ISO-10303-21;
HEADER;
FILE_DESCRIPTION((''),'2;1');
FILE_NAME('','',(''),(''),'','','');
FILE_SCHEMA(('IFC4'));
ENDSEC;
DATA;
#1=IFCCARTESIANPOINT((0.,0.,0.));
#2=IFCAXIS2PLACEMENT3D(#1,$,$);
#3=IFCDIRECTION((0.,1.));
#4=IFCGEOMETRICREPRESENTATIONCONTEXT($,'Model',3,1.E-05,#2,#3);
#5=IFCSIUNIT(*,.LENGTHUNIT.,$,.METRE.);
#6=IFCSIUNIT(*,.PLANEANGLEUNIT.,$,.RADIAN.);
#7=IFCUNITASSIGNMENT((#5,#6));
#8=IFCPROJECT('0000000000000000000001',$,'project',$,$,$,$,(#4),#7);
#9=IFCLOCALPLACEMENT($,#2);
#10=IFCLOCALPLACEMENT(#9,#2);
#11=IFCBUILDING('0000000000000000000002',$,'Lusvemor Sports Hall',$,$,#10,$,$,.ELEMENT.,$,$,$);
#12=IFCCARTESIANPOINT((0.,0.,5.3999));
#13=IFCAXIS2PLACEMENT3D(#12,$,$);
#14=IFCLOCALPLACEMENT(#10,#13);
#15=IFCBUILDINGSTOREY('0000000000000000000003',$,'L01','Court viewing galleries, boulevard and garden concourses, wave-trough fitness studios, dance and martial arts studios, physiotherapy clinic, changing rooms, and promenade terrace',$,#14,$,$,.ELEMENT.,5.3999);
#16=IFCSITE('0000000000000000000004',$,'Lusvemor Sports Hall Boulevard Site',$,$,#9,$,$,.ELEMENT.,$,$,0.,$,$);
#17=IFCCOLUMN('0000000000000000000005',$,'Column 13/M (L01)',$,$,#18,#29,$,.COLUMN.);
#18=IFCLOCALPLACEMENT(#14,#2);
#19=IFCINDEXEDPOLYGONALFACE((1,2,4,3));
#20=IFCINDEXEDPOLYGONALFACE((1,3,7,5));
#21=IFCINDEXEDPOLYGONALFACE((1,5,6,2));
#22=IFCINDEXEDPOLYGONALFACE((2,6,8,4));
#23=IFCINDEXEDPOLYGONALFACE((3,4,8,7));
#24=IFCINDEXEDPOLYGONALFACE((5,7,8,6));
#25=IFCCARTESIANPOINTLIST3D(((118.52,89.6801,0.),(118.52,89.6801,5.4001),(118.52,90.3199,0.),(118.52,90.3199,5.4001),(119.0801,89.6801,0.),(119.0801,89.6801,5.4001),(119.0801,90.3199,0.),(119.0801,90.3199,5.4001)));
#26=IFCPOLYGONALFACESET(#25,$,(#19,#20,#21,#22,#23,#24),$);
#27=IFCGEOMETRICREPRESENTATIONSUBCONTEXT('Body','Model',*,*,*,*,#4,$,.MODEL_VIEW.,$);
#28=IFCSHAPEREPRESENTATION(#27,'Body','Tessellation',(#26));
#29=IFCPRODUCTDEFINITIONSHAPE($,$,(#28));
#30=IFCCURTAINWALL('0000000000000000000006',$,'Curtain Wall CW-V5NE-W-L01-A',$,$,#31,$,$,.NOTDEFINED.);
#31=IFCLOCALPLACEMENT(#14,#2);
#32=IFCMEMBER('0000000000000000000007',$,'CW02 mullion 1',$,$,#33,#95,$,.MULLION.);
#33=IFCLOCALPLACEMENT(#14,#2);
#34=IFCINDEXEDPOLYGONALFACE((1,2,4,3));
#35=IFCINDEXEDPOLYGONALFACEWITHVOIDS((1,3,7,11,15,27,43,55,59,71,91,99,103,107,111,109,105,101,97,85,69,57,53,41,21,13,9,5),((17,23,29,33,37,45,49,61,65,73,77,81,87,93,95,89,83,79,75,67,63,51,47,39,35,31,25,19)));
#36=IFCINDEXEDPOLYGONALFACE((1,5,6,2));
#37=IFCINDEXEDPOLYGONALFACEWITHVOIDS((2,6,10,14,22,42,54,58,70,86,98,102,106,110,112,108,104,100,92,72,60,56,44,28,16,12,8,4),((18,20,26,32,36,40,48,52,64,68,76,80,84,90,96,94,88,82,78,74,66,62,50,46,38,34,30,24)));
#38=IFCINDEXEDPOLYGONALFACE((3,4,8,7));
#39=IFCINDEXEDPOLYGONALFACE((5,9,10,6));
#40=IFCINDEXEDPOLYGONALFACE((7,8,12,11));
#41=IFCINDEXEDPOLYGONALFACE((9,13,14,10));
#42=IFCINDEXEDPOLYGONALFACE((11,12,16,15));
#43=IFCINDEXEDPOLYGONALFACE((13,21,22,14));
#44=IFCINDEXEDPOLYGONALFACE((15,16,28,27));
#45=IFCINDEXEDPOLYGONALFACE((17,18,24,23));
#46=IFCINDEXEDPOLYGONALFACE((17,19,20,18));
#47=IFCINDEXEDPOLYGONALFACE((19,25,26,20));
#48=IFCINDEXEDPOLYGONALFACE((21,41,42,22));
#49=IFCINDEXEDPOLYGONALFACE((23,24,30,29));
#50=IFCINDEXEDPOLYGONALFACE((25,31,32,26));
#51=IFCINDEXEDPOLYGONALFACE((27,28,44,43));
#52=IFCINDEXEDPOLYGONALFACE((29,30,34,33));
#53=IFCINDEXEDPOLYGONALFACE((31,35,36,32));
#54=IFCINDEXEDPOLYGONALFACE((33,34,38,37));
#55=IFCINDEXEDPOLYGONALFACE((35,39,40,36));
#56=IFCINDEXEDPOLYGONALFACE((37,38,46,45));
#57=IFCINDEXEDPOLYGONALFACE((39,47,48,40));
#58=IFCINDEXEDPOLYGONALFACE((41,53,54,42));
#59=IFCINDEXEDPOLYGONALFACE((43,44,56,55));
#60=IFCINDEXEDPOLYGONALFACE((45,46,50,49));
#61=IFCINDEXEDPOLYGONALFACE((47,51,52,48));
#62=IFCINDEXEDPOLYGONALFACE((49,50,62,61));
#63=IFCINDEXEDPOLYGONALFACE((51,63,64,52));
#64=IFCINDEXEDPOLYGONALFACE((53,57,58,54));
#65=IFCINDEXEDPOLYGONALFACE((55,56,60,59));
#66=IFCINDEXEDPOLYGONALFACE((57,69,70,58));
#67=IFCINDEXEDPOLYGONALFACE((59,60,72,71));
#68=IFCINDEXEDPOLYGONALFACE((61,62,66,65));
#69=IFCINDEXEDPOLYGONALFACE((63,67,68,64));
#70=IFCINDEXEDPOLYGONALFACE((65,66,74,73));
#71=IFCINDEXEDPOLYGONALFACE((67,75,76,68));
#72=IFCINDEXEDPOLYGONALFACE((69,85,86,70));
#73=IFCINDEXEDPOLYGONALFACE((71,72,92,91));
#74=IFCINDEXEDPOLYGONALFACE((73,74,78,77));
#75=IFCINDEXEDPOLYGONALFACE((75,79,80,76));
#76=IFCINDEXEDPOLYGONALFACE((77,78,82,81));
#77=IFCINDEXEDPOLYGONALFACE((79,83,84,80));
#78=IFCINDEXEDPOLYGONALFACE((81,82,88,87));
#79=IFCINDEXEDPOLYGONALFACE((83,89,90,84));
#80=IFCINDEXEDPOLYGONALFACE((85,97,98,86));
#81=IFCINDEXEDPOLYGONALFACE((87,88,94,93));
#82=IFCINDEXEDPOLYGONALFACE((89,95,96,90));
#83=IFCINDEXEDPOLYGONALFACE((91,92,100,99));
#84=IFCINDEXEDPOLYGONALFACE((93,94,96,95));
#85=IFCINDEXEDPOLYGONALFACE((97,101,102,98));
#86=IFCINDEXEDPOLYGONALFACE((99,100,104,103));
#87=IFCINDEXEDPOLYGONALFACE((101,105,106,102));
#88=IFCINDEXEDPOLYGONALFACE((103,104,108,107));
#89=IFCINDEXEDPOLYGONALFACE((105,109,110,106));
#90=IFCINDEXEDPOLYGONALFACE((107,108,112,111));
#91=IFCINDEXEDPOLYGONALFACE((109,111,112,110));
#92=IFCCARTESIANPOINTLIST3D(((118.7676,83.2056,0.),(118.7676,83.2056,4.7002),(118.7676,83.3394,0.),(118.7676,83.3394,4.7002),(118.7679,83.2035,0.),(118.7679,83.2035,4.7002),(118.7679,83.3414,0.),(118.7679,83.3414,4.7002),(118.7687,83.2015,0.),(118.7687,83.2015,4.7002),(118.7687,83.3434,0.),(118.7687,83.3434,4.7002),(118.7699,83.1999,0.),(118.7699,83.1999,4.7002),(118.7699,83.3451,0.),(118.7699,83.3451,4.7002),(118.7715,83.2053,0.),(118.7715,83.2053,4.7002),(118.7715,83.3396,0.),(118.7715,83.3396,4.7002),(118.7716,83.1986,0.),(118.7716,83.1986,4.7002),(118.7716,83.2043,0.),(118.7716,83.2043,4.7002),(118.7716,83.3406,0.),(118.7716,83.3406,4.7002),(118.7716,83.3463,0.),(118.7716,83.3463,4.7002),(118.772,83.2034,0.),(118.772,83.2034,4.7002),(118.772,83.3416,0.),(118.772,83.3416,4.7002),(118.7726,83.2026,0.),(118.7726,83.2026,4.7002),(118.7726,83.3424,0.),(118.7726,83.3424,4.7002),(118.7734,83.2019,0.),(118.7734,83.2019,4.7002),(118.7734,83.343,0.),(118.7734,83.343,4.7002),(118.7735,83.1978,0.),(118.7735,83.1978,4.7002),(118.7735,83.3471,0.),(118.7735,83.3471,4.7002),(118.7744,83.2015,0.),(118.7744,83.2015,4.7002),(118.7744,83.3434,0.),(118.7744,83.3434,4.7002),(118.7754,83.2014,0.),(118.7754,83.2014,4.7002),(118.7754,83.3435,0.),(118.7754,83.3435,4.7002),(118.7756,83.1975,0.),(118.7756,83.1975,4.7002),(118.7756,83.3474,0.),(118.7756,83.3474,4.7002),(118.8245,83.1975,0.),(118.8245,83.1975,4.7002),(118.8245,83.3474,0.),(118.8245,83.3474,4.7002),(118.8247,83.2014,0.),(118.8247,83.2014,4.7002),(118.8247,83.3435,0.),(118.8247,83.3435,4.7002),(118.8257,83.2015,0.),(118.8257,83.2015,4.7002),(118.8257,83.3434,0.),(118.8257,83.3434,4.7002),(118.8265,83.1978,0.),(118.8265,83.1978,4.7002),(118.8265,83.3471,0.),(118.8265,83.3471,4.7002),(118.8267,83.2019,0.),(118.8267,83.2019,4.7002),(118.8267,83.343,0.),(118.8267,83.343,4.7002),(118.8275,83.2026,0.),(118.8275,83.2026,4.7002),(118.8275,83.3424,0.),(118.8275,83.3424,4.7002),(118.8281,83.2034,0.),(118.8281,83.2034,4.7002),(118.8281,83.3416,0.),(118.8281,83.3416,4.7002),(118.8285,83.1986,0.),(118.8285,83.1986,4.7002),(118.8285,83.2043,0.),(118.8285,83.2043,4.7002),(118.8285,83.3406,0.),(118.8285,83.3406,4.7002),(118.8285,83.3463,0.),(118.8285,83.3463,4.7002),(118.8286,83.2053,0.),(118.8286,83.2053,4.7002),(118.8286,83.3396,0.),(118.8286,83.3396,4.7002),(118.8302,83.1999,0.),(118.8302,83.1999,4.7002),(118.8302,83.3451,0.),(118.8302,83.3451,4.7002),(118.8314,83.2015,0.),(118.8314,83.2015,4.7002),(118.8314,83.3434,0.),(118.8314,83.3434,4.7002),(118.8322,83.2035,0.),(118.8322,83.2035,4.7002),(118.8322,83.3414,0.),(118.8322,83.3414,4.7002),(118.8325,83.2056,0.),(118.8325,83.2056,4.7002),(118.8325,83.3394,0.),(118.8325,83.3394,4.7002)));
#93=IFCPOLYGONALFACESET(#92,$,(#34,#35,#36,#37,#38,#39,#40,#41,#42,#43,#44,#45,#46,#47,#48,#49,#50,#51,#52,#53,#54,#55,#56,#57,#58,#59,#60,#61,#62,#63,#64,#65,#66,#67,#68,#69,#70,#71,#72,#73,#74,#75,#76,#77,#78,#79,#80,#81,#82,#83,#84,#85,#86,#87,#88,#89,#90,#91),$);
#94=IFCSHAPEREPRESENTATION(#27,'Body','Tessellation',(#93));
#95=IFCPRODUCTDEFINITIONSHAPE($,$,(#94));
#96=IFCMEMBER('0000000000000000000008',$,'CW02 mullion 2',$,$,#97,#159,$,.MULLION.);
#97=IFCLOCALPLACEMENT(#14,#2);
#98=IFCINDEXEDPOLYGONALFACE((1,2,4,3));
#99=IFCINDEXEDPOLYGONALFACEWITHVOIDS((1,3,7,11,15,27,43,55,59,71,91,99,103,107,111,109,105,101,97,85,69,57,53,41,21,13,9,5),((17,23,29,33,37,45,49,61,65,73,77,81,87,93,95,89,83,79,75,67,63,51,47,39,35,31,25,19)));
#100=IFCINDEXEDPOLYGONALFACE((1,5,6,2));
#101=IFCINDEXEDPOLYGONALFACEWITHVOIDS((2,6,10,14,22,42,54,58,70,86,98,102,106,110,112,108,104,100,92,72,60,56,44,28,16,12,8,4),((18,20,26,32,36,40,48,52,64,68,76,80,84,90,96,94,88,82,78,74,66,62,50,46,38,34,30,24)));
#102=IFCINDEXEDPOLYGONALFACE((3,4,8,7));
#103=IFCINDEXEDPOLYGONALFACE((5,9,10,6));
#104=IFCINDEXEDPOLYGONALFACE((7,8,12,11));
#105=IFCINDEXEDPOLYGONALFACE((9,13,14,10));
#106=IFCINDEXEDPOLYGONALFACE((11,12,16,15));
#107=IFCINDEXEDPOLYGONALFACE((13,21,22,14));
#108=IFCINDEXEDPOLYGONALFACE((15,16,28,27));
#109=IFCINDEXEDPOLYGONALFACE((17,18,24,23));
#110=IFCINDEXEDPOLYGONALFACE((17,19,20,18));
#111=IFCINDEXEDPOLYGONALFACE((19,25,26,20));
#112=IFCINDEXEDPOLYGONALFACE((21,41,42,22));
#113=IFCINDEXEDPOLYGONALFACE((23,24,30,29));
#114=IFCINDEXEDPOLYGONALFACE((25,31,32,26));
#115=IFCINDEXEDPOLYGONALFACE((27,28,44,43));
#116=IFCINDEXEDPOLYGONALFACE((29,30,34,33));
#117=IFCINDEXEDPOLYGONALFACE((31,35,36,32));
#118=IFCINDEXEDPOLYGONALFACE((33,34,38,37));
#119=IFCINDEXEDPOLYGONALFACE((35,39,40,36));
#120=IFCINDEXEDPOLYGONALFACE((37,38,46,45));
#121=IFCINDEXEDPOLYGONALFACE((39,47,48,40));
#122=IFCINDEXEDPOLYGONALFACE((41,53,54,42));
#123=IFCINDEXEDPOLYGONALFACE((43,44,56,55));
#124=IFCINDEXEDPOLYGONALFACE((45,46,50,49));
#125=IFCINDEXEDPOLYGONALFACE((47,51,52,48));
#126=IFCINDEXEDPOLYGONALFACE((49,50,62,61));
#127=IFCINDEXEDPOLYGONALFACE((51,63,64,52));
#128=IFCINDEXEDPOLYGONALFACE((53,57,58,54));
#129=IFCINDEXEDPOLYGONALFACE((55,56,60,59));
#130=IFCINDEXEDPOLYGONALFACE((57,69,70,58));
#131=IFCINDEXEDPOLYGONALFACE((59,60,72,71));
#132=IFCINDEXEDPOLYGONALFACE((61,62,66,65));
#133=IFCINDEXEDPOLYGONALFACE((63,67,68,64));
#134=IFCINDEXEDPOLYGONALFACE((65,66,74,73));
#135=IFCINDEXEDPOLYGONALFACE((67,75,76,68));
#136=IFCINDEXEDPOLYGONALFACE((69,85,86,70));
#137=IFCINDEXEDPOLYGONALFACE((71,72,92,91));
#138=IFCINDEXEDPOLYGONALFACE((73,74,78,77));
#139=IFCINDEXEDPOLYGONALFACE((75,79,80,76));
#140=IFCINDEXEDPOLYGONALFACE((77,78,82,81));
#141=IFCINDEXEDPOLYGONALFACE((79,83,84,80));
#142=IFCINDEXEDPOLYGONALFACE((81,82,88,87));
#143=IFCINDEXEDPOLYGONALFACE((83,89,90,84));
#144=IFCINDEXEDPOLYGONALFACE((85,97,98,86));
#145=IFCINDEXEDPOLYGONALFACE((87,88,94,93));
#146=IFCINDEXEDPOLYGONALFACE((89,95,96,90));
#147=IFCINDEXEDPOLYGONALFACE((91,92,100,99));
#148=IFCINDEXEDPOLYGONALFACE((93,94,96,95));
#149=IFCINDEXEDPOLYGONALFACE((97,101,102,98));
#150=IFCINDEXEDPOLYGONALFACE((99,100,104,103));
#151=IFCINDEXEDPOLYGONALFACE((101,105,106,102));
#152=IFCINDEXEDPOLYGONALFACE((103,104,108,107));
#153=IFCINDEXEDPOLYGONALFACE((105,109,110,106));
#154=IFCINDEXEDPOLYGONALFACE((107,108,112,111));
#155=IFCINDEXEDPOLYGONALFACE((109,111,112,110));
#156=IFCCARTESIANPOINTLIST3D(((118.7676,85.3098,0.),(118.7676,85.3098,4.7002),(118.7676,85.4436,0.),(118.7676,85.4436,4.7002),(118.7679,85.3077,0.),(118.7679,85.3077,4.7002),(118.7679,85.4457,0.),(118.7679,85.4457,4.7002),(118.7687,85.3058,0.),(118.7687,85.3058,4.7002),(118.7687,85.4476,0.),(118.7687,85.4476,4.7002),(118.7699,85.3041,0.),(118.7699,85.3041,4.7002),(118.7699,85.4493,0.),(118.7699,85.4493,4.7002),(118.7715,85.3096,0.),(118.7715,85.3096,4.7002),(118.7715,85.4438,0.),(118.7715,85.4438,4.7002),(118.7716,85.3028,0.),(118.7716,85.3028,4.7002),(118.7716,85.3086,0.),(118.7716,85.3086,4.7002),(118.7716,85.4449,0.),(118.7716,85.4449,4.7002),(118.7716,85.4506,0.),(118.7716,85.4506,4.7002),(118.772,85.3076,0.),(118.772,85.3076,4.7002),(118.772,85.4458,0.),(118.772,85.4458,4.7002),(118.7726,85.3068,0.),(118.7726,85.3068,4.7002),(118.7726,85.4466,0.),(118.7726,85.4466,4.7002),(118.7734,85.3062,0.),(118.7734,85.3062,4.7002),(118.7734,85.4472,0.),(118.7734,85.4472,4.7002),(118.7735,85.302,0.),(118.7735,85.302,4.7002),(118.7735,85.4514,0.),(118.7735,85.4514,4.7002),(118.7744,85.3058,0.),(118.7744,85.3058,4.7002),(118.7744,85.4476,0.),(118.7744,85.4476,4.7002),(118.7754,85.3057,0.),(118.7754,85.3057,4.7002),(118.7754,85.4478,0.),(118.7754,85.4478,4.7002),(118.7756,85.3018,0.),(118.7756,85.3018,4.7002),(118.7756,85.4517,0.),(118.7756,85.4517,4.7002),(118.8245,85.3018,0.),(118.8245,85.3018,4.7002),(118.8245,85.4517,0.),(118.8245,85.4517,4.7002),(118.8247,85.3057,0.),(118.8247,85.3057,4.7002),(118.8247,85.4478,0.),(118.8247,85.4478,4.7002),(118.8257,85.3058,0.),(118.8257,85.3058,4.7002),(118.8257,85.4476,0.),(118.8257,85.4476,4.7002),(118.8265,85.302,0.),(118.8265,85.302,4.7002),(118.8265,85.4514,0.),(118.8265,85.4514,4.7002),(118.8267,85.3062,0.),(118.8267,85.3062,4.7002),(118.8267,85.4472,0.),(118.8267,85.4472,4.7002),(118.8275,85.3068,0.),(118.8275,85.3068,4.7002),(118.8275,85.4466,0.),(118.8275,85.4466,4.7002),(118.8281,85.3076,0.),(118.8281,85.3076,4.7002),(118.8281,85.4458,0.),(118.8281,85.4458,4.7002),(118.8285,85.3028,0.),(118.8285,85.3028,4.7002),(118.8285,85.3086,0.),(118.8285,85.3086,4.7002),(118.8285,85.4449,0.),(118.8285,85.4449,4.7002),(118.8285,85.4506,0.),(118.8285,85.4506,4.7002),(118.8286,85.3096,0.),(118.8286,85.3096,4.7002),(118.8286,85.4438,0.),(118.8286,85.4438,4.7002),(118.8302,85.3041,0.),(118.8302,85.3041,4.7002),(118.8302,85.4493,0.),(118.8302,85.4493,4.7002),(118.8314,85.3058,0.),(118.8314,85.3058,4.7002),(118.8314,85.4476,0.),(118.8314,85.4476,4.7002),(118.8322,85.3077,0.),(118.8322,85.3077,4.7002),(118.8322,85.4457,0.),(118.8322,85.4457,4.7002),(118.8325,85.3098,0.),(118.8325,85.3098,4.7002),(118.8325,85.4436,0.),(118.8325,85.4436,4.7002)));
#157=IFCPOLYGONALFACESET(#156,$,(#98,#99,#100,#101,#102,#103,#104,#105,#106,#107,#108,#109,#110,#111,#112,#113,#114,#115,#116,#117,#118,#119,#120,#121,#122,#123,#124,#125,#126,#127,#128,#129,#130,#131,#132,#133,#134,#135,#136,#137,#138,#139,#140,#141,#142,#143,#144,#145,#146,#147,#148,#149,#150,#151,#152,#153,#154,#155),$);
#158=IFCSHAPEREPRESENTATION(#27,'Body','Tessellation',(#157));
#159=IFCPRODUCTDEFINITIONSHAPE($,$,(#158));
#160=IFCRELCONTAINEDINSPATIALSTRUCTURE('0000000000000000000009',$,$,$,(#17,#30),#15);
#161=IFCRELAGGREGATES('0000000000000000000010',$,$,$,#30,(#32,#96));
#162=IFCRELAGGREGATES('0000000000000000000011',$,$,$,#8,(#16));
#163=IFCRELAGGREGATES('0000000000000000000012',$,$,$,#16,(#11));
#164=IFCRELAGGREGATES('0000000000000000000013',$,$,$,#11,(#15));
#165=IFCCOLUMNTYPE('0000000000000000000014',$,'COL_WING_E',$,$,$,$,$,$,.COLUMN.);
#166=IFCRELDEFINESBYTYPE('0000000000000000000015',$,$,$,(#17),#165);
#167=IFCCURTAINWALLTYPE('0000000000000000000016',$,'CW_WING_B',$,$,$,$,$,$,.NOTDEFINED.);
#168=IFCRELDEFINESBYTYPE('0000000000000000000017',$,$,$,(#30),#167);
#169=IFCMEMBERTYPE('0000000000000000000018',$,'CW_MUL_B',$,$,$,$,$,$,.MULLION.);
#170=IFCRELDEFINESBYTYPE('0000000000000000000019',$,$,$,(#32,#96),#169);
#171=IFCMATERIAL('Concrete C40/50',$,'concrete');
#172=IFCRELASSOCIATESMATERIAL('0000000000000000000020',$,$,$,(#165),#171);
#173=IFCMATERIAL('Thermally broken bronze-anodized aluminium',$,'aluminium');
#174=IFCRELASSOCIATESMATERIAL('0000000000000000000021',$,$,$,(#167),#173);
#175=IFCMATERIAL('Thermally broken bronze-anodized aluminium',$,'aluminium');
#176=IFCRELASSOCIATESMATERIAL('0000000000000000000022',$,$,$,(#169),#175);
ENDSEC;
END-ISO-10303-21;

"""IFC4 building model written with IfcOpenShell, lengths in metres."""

from ifc_helpers import new_model, si_unit, direction, frame, origin, origin_2d, place, context, subcontext, project, spatial, rectangle, hollow_rectangle, extrude, material, material_profile, profile_set, type_object, element, aggregate, save


model = new_model("IFC4")

# Units and contexts
model_context = context("Model", 3, precision=1e-05, world=origin(), true_north=direction((0.0, 1.0)))
body_context = subcontext(model_context, "Body", "Model", "MODEL_VIEW")
ifc_project = project(units=[si_unit("LENGTHUNIT", "METRE"), si_unit("PLANEANGLEUNIT", "RADIAN")], contexts=[model_context])

# Site, building, storey
site_placement = place(None, origin())
site = spatial("IfcSite", under=ifc_project, at=site_placement, Name="Lusvemor Sports Hall Boulevard Site", CompositionType="ELEMENT", RefElevation=0.0)
building_placement = place(site_placement, origin())
building = spatial("IfcBuilding", under=site, at=building_placement, Name="Lusvemor Sports Hall", CompositionType="ELEMENT")
storey_placement = place(building_placement, frame((0.0, 0.0, 5.3999)))
storey = spatial("IfcBuildingStorey", under=building, at=storey_placement, Name="L01", Description="Court viewing galleries, boulevard and garden concourses, wave-trough fitness studios, dance and martial arts studios, physiotherapy clinic, changing rooms, and promenade terrace", CompositionType="ELEMENT", Elevation=5.3999)

# Column
ifc_material_1 = material(Name="Concrete C40/50", Category="concrete")
ifc_material_profile_1 = material_profile(ifc_material_1, rectangle(XDim=0.5601, YDim=0.6399, at=origin_2d()), Name="RC560x640")
ifc_profile_set_1 = profile_set([ifc_material_profile_1], Name="Concrete C40/50")
column_type = type_object("IfcColumnType", Name="COL_WING_E", PredefinedType="COLUMN", material=ifc_profile_set_1)
column_placement = place(storey_placement, frame((118.8, 90.0, 0.0), z_axis=(0.0, 0.0, 1.0), x_axis=(1.0, 0.0, 0.0)))
element("IfcColumn", 1, at=column_placement, inside=storey, type_object=column_type, Name="Column 13/M (L01)", PredefinedType="COLUMN", context=body_context, shape_type="SweptSolid", body=[
    extrude(rectangle(XDim=0.5601, YDim=0.6399, at=origin_2d()), origin(), (0.0, 0.0, 1.0), 5.4001),
])

# Curtain wall, members
ifc_material_2 = material(Name="Thermally broken bronze-anodized aluminium", Category="aluminium")
curtain_wall_type = type_object("IfcCurtainWallType", Name="CW_WING_B", PredefinedType="NOTDEFINED", material=ifc_material_2)
curtain_wall_1_placement = place(storey_placement, origin())
curtain_wall_1 = element("IfcCurtainWall", 2, at=curtain_wall_1_placement, inside=storey, type_object=curtain_wall_type, Name="Curtain Wall CW-V5NE-W-L01-A", PredefinedType="NOTDEFINED")
ifc_material_3 = material(Name="Thermally broken bronze-anodized aluminium", Category="aluminium")
ifc_material_profile_2 = material_profile(ifc_material_3, hollow_rectangle(XDim=0.0649, YDim=0.1499, WallThickness=0.0039, InnerFilletRadius=0.0039, OuterFilletRadius=0.0081, at=origin_2d()), Name="CWMUL150x65x4")
ifc_profile_set_2 = profile_set([ifc_material_profile_2], Name="Thermally broken bronze-anodized aluminium")
member_type_1 = type_object("IfcMemberType", Name="CW_MUL_B", PredefinedType="MULLION", material=ifc_profile_set_2)
member_1_placement = place(storey_placement, frame((118.8, 83.2725, 0.0), z_axis=(0.0, 0.0, 1.0), x_axis=(-1.0, 0.0, 0.0)))
member_1 = element("IfcMember", 3, at=member_1_placement, type_object=member_type_1, Name="CW02 mullion 1", PredefinedType="MULLION", context=body_context, shape_type="SweptSolid", body=[
    extrude(hollow_rectangle(XDim=0.0649, YDim=0.1499, WallThickness=0.0039, InnerFilletRadius=0.0039, OuterFilletRadius=0.0081, at=origin_2d()), origin(), (0.0, 0.0, 1.0), 4.7002),
])
member_2_placement = place(storey_placement, frame((118.8, 85.3767, 0.0), z_axis=(0.0, 0.0, 1.0), x_axis=(-1.0, 0.0, 0.0)))
member_2 = element("IfcMember", 4, at=member_2_placement, type_object=member_type_1, Name="CW02 mullion 2", PredefinedType="MULLION", context=body_context, shape_type="SweptSolid", body=[
    extrude(hollow_rectangle(XDim=0.0649, YDim=0.1499, WallThickness=0.0039, InnerFilletRadius=0.0039, OuterFilletRadius=0.0081, at=origin_2d()), origin(), (0.0, 0.0, 1.0), 4.7002),
])

aggregate(curtain_wall_1, [member_1, member_2])

save(model, "model.ifc")
